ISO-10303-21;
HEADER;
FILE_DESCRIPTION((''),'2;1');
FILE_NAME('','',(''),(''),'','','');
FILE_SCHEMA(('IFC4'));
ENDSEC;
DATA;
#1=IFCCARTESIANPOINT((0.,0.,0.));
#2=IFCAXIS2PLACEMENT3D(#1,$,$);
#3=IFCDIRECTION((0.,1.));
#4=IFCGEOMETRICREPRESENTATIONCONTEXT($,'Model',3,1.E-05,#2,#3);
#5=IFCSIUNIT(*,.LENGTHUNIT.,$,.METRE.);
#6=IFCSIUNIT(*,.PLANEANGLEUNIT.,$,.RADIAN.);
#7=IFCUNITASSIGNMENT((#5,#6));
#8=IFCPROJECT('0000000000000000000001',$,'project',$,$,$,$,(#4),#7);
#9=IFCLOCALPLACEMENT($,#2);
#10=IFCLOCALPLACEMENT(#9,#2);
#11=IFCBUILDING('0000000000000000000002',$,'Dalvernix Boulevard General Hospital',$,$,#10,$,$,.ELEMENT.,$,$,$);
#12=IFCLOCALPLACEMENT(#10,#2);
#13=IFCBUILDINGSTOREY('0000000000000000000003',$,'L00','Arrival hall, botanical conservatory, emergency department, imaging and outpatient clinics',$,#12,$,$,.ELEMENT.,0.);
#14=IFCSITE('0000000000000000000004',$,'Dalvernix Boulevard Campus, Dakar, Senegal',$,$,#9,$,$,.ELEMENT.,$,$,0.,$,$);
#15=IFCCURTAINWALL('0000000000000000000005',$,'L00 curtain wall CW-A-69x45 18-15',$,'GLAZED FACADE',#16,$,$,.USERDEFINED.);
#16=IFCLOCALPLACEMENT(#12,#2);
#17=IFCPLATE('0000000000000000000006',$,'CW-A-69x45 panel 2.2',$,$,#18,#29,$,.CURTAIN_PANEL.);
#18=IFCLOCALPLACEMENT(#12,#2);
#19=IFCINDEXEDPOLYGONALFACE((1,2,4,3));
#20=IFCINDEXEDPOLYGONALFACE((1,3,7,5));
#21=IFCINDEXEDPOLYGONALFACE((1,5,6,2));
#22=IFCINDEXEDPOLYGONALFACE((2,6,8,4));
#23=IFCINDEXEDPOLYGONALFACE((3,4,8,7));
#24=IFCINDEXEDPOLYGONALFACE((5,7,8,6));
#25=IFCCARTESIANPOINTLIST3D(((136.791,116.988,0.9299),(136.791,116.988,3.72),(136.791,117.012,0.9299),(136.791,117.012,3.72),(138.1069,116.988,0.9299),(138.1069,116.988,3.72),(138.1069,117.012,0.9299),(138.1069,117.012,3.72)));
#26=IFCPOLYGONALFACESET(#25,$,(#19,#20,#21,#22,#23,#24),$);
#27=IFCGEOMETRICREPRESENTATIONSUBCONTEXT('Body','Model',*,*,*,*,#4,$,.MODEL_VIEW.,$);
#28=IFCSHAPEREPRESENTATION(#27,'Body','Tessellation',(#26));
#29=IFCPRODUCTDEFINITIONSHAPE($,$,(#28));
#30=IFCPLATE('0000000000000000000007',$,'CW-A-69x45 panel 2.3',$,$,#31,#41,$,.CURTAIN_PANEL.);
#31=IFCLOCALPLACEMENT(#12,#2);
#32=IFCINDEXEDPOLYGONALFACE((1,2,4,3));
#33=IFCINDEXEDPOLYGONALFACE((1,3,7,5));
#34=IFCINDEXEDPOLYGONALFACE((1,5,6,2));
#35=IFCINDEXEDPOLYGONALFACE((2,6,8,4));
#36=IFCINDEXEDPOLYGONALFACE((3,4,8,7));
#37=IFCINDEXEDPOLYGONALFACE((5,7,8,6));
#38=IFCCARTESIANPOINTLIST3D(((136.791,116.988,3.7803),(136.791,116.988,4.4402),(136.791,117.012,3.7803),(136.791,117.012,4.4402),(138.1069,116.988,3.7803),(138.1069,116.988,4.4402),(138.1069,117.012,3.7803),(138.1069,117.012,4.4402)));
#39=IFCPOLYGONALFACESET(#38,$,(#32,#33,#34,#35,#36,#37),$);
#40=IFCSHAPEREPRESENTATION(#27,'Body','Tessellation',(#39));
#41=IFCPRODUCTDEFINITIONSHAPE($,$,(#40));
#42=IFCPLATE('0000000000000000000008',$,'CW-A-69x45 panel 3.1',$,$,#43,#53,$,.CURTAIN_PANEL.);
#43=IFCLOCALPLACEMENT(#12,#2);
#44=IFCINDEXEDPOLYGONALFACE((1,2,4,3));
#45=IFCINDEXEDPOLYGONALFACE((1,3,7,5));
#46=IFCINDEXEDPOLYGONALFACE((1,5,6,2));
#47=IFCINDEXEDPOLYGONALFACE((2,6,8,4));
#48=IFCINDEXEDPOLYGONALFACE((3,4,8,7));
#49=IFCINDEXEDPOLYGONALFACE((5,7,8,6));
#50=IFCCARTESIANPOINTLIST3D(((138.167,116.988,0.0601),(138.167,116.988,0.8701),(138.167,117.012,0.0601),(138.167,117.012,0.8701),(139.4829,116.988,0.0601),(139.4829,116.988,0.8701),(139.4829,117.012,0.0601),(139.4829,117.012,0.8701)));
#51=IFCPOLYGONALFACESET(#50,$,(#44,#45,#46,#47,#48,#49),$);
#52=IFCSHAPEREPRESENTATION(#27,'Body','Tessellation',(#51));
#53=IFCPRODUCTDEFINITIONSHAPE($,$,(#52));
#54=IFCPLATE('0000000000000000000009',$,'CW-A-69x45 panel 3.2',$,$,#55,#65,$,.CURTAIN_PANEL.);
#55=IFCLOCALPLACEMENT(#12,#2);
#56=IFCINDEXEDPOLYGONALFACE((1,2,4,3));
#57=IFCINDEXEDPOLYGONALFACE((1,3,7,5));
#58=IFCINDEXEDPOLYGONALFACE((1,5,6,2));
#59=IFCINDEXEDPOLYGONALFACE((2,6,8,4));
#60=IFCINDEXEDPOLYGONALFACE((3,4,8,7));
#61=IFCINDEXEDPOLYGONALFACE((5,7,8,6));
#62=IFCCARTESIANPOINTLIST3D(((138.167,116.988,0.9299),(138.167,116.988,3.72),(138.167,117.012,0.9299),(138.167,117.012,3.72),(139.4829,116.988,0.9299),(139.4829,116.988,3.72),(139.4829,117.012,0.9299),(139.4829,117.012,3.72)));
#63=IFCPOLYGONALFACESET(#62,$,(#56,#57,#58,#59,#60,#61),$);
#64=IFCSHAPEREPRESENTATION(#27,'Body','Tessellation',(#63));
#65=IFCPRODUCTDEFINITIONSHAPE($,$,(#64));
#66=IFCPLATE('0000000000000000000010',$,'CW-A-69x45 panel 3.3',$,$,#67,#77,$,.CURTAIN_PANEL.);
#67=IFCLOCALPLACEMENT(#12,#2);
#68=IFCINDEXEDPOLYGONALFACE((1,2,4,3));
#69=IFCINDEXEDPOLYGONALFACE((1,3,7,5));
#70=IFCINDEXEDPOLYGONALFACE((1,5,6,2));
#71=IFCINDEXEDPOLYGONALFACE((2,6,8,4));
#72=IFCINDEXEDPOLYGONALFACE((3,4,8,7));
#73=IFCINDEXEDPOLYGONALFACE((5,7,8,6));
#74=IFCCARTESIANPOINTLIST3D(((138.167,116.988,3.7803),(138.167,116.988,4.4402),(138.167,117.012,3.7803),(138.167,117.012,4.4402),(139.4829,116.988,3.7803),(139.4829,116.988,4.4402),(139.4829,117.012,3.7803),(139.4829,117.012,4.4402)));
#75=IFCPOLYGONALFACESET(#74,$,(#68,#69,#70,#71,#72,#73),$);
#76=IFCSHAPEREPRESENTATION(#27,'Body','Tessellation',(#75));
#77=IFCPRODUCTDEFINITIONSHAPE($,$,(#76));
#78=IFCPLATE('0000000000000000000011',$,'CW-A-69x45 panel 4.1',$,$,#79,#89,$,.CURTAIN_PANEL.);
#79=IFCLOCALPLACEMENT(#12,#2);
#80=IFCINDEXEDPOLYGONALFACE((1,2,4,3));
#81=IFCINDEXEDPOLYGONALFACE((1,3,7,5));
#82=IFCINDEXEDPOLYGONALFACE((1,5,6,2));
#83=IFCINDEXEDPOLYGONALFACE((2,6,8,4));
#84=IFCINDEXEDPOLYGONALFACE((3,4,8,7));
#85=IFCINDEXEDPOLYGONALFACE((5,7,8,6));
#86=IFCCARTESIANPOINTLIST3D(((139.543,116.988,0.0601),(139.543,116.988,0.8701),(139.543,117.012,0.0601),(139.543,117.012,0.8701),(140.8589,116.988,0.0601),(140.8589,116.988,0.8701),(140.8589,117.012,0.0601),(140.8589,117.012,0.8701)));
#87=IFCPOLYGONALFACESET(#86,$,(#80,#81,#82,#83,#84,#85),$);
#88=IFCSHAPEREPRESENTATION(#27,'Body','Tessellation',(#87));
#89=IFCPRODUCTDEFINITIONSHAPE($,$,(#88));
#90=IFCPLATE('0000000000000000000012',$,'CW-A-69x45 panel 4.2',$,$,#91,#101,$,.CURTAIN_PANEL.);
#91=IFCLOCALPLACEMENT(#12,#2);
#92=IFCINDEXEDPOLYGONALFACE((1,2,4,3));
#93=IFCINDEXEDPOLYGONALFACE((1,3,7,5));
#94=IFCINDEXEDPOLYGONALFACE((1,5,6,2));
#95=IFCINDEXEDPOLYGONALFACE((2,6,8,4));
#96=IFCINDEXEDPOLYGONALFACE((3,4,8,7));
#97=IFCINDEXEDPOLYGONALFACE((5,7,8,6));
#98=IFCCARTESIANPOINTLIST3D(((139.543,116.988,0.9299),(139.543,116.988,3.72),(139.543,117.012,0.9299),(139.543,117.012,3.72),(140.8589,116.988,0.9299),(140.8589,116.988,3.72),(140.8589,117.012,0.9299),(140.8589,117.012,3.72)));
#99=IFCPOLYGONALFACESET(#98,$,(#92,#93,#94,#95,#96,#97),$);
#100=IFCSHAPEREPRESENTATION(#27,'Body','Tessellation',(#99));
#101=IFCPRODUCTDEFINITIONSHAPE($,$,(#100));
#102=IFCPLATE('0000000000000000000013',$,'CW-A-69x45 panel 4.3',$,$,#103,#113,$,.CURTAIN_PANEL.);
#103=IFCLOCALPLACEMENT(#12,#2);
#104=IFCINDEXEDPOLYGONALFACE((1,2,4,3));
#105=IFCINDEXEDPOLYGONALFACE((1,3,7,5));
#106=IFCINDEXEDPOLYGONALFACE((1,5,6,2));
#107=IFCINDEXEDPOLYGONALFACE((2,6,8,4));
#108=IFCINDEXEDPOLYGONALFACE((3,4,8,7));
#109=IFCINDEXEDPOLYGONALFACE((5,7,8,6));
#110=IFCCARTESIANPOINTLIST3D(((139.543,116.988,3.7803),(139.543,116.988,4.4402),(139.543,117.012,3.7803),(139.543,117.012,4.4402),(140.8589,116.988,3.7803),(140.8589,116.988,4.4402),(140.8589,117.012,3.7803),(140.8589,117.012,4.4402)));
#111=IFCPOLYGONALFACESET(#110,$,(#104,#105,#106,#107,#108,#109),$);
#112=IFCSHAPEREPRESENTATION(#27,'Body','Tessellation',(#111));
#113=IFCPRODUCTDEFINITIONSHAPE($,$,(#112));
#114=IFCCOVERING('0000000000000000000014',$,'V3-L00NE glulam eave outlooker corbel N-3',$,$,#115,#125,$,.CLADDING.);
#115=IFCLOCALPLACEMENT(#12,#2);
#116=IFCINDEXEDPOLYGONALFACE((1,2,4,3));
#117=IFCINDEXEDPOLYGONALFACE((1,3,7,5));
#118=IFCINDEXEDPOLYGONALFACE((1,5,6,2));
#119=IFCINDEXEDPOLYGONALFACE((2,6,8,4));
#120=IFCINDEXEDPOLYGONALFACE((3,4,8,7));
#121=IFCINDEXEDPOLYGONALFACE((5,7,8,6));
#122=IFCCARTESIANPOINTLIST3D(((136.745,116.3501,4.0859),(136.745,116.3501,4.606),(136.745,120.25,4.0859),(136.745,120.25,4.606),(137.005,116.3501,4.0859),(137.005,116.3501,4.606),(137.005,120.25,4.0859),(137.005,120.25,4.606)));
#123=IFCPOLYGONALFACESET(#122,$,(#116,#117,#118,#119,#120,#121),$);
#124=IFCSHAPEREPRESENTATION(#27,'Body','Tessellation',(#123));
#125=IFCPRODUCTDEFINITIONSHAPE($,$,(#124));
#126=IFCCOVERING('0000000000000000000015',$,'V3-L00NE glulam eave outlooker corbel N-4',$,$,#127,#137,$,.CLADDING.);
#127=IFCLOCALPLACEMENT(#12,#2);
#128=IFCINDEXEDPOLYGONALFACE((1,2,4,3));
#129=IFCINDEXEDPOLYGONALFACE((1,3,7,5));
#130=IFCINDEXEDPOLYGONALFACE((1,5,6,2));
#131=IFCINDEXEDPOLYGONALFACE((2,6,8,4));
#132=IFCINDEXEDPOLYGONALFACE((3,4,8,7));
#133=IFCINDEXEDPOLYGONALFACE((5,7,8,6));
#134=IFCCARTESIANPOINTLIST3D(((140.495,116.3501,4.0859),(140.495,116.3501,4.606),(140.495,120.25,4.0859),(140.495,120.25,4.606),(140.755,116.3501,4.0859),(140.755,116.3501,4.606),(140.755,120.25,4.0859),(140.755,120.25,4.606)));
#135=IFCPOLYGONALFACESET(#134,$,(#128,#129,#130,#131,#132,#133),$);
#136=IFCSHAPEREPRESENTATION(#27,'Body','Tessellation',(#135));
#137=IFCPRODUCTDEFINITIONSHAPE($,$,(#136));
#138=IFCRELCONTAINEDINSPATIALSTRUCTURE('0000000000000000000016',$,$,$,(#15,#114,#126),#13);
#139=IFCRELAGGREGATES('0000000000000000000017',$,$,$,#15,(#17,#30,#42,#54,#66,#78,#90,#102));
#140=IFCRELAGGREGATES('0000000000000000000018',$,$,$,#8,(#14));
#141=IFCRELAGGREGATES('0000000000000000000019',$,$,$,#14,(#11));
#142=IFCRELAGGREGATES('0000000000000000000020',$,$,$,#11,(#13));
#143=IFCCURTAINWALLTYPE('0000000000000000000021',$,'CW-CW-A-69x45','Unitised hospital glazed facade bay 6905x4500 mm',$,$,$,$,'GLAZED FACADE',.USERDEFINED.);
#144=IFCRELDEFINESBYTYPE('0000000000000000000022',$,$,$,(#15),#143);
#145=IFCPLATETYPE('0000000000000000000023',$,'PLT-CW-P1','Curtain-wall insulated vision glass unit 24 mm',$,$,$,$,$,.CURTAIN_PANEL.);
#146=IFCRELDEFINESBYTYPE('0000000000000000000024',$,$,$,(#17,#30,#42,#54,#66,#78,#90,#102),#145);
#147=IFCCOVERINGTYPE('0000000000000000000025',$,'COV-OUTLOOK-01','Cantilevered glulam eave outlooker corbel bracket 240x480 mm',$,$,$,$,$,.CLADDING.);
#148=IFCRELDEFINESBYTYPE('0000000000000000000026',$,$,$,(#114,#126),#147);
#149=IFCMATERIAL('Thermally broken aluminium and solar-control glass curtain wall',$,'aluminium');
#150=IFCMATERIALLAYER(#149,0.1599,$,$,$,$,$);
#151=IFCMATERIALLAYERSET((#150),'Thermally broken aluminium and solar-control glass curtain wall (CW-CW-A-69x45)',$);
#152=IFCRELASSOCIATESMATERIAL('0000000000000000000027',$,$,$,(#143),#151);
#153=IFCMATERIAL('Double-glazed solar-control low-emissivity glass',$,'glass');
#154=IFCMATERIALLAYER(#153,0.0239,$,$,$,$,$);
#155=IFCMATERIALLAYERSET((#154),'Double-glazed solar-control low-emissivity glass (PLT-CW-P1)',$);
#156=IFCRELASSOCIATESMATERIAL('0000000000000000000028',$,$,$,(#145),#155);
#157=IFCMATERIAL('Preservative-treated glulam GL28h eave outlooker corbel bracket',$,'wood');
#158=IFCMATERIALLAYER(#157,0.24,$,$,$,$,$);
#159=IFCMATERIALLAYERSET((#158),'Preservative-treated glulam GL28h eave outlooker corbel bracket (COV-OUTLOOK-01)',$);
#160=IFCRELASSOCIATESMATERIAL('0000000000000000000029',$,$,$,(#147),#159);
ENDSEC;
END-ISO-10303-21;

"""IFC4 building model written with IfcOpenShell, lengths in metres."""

from ifc_helpers import new_model, si_unit, direction, frame, origin, origin_2d, place, context, subcontext, project, spatial, rectangle, extrude, material, layer, layer_set, type_object, element, aggregate, save


model = new_model("IFC4")

# Units and contexts
model_context = context("Model", 3, precision=1e-05, world=origin(), true_north=direction((0.0, 1.0)))
body_context = subcontext(model_context, "Body", "Model", "MODEL_VIEW")
ifc_project = project(units=[si_unit("LENGTHUNIT", "METRE"), si_unit("PLANEANGLEUNIT", "RADIAN")], contexts=[model_context])

# Site, building, storey
site_placement = place(None, origin())
site = spatial("IfcSite", under=ifc_project, at=site_placement, Name="Dalvernix Boulevard Campus, Dakar, Senegal", CompositionType="ELEMENT", RefElevation=0.0)
building_placement = place(site_placement, origin())
building = spatial("IfcBuilding", under=site, at=building_placement, Name="Dalvernix Boulevard General Hospital", CompositionType="ELEMENT")
storey_placement = place(building_placement, origin())
storey = spatial("IfcBuildingStorey", under=building, at=storey_placement, Name="L00", Description="Arrival hall, botanical conservatory, emergency department, imaging and outpatient clinics", CompositionType="ELEMENT", Elevation=0.0)

# Curtain wall, plates
ifc_material_1 = material(Name="Thermally broken aluminium and solar-control glass curtain wall", Category="aluminium")
ifc_layer_1 = layer(ifc_material_1, 0.1599)
ifc_layer_set_1 = layer_set([ifc_layer_1], Name="Thermally broken aluminium and solar-control glass curtain wall (CW-CW-A-69x45)")
curtain_wall_type = type_object("IfcCurtainWallType", Name="CW-CW-A-69x45", Description="Unitised hospital glazed facade bay 6905x4500 mm", ElementType="GLAZED FACADE", PredefinedType="USERDEFINED", material=ifc_layer_set_1)
curtain_wall_placement = place(storey_placement, origin())
curtain_wall = element("IfcCurtainWall", 1, at=curtain_wall_placement, inside=storey, type_object=curtain_wall_type, Name="L00 curtain wall CW-A-69x45 18-15", ObjectType="GLAZED FACADE", PredefinedType="USERDEFINED")
ifc_material_2 = material(Name="Double-glazed solar-control low-emissivity glass", Category="glass")
ifc_layer_2 = layer(ifc_material_2, 0.0239)
ifc_layer_set_2 = layer_set([ifc_layer_2], Name="Double-glazed solar-control low-emissivity glass (PLT-CW-P1)")
plate_type = type_object("IfcPlateType", Name="PLT-CW-P1", Description="Curtain-wall insulated vision glass unit 24 mm", PredefinedType="CURTAIN_PANEL", material=ifc_layer_set_2)
plate_1_placement = place(storey_placement, frame((137.449, 117.0, 0.9299), z_axis=(0.0, 0.0, 1.0), x_axis=(1.0, 0.0, 0.0)))
plate_1 = element("IfcPlate", 2, at=plate_1_placement, type_object=plate_type, Name="CW-A-69x45 panel 2.2", PredefinedType="CURTAIN_PANEL", context=body_context, shape_type="SweptSolid", body=[
    extrude(rectangle(XDim=1.3159, YDim=0.0239, at=origin_2d()), origin(), (0.0, 0.0, 1.0), 2.79),
])
plate_2_placement = place(storey_placement, frame((137.449, 117.0, 3.7803), z_axis=(0.0, 0.0, 1.0), x_axis=(1.0, 0.0, 0.0)))
plate_2 = element("IfcPlate", 3, at=plate_2_placement, type_object=plate_type, Name="CW-A-69x45 panel 2.3", PredefinedType="CURTAIN_PANEL", context=body_context, shape_type="SweptSolid", body=[
    extrude(rectangle(XDim=1.3159, YDim=0.0239, at=origin_2d()), origin(), (0.0, 0.0, 1.0), 0.6599),
])
plate_3_placement = place(storey_placement, frame((138.825, 117.0, 0.0601), z_axis=(0.0, 0.0, 1.0), x_axis=(1.0, 0.0, 0.0)))
plate_3 = element("IfcPlate", 4, at=plate_3_placement, type_object=plate_type, Name="CW-A-69x45 panel 3.1", PredefinedType="CURTAIN_PANEL", context=body_context, shape_type="SweptSolid", body=[
    extrude(rectangle(XDim=1.3159, YDim=0.0239, at=origin_2d()), origin(), (0.0, 0.0, 1.0), 0.8101),
])
plate_4_placement = place(storey_placement, frame((138.825, 117.0, 0.9299), z_axis=(0.0, 0.0, 1.0), x_axis=(1.0, 0.0, 0.0)))
plate_4 = element("IfcPlate", 5, at=plate_4_placement, type_object=plate_type, Name="CW-A-69x45 panel 3.2", PredefinedType="CURTAIN_PANEL", context=body_context, shape_type="SweptSolid", body=[
    extrude(rectangle(XDim=1.3159, YDim=0.0239, at=origin_2d()), origin(), (0.0, 0.0, 1.0), 2.79),
])
plate_5_placement = place(storey_placement, frame((138.825, 117.0, 3.7803), z_axis=(0.0, 0.0, 1.0), x_axis=(1.0, 0.0, 0.0)))
plate_5 = element("IfcPlate", 6, at=plate_5_placement, type_object=plate_type, Name="CW-A-69x45 panel 3.3", PredefinedType="CURTAIN_PANEL", context=body_context, shape_type="SweptSolid", body=[
    extrude(rectangle(XDim=1.3159, YDim=0.0239, at=origin_2d()), origin(), (0.0, 0.0, 1.0), 0.6599),
])
plate_6_placement = place(storey_placement, frame((140.2009, 117.0, 0.0601), z_axis=(0.0, 0.0, 1.0), x_axis=(1.0, 0.0, 0.0)))
plate_6 = element("IfcPlate", 7, at=plate_6_placement, type_object=plate_type, Name="CW-A-69x45 panel 4.1", PredefinedType="CURTAIN_PANEL", context=body_context, shape_type="SweptSolid", body=[
    extrude(rectangle(XDim=1.3159, YDim=0.0239, at=origin_2d()), origin(), (0.0, 0.0, 1.0), 0.8101),
])
plate_7_placement = place(storey_placement, frame((140.2009, 117.0, 0.9299), z_axis=(0.0, 0.0, 1.0), x_axis=(1.0, 0.0, 0.0)))
plate_7 = element("IfcPlate", 8, at=plate_7_placement, type_object=plate_type, Name="CW-A-69x45 panel 4.2", PredefinedType="CURTAIN_PANEL", context=body_context, shape_type="SweptSolid", body=[
    extrude(rectangle(XDim=1.3159, YDim=0.0239, at=origin_2d()), origin(), (0.0, 0.0, 1.0), 2.79),
])
plate_8_placement = place(storey_placement, frame((140.2009, 117.0, 3.7803), z_axis=(0.0, 0.0, 1.0), x_axis=(1.0, 0.0, 0.0)))
plate_8 = element("IfcPlate", 9, at=plate_8_placement, type_object=plate_type, Name="CW-A-69x45 panel 4.3", PredefinedType="CURTAIN_PANEL", context=body_context, shape_type="SweptSolid", body=[
    extrude(rectangle(XDim=1.3159, YDim=0.0239, at=origin_2d()), origin(), (0.0, 0.0, 1.0), 0.6599),
])
aggregate(curtain_wall, [plate_1, plate_2, plate_3, plate_4, plate_5, plate_6, plate_7, plate_8])

# Coverings
ifc_material_3 = material(Name="Preservative-treated glulam GL28h eave outlooker corbel bracket", Category="wood")
ifc_layer_3 = layer(ifc_material_3, 0.24)
ifc_layer_set_3 = layer_set([ifc_layer_3], Name="Preservative-treated glulam GL28h eave outlooker corbel bracket (COV-OUTLOOK-01)")
covering_type = type_object("IfcCoveringType", Name="COV-OUTLOOK-01", Description="Cantilevered glulam eave outlooker corbel bracket 240x480 mm", PredefinedType="CLADDING", material=ifc_layer_set_3)
for number, where, z_axis, x_axis, name in (
    (10, (136.875, 118.3, 4.0859), (0.0, 0.0, 1.0), (1.0, 0.0, 0.0), "V3-L00NE glulam eave outlooker corbel N-3"),
    (11, (140.625, 118.3, 4.0859), (0.0, 0.0, 1.0), (1.0, 0.0, 0.0), "V3-L00NE glulam eave outlooker corbel N-4"),
):
    element("IfcCovering", number, at=place(storey_placement, frame(where, z_axis=z_axis, x_axis=x_axis)), inside=storey, type_object=covering_type, Name=name, PredefinedType="CLADDING", context=body_context, shape_type="SweptSolid", body=[
        extrude(rectangle(XDim=0.26, YDim=3.8999, at=origin_2d()), origin(), (0.0, 0.0, 1.0), 0.52),
    ])

save(model, "model.ifc")
